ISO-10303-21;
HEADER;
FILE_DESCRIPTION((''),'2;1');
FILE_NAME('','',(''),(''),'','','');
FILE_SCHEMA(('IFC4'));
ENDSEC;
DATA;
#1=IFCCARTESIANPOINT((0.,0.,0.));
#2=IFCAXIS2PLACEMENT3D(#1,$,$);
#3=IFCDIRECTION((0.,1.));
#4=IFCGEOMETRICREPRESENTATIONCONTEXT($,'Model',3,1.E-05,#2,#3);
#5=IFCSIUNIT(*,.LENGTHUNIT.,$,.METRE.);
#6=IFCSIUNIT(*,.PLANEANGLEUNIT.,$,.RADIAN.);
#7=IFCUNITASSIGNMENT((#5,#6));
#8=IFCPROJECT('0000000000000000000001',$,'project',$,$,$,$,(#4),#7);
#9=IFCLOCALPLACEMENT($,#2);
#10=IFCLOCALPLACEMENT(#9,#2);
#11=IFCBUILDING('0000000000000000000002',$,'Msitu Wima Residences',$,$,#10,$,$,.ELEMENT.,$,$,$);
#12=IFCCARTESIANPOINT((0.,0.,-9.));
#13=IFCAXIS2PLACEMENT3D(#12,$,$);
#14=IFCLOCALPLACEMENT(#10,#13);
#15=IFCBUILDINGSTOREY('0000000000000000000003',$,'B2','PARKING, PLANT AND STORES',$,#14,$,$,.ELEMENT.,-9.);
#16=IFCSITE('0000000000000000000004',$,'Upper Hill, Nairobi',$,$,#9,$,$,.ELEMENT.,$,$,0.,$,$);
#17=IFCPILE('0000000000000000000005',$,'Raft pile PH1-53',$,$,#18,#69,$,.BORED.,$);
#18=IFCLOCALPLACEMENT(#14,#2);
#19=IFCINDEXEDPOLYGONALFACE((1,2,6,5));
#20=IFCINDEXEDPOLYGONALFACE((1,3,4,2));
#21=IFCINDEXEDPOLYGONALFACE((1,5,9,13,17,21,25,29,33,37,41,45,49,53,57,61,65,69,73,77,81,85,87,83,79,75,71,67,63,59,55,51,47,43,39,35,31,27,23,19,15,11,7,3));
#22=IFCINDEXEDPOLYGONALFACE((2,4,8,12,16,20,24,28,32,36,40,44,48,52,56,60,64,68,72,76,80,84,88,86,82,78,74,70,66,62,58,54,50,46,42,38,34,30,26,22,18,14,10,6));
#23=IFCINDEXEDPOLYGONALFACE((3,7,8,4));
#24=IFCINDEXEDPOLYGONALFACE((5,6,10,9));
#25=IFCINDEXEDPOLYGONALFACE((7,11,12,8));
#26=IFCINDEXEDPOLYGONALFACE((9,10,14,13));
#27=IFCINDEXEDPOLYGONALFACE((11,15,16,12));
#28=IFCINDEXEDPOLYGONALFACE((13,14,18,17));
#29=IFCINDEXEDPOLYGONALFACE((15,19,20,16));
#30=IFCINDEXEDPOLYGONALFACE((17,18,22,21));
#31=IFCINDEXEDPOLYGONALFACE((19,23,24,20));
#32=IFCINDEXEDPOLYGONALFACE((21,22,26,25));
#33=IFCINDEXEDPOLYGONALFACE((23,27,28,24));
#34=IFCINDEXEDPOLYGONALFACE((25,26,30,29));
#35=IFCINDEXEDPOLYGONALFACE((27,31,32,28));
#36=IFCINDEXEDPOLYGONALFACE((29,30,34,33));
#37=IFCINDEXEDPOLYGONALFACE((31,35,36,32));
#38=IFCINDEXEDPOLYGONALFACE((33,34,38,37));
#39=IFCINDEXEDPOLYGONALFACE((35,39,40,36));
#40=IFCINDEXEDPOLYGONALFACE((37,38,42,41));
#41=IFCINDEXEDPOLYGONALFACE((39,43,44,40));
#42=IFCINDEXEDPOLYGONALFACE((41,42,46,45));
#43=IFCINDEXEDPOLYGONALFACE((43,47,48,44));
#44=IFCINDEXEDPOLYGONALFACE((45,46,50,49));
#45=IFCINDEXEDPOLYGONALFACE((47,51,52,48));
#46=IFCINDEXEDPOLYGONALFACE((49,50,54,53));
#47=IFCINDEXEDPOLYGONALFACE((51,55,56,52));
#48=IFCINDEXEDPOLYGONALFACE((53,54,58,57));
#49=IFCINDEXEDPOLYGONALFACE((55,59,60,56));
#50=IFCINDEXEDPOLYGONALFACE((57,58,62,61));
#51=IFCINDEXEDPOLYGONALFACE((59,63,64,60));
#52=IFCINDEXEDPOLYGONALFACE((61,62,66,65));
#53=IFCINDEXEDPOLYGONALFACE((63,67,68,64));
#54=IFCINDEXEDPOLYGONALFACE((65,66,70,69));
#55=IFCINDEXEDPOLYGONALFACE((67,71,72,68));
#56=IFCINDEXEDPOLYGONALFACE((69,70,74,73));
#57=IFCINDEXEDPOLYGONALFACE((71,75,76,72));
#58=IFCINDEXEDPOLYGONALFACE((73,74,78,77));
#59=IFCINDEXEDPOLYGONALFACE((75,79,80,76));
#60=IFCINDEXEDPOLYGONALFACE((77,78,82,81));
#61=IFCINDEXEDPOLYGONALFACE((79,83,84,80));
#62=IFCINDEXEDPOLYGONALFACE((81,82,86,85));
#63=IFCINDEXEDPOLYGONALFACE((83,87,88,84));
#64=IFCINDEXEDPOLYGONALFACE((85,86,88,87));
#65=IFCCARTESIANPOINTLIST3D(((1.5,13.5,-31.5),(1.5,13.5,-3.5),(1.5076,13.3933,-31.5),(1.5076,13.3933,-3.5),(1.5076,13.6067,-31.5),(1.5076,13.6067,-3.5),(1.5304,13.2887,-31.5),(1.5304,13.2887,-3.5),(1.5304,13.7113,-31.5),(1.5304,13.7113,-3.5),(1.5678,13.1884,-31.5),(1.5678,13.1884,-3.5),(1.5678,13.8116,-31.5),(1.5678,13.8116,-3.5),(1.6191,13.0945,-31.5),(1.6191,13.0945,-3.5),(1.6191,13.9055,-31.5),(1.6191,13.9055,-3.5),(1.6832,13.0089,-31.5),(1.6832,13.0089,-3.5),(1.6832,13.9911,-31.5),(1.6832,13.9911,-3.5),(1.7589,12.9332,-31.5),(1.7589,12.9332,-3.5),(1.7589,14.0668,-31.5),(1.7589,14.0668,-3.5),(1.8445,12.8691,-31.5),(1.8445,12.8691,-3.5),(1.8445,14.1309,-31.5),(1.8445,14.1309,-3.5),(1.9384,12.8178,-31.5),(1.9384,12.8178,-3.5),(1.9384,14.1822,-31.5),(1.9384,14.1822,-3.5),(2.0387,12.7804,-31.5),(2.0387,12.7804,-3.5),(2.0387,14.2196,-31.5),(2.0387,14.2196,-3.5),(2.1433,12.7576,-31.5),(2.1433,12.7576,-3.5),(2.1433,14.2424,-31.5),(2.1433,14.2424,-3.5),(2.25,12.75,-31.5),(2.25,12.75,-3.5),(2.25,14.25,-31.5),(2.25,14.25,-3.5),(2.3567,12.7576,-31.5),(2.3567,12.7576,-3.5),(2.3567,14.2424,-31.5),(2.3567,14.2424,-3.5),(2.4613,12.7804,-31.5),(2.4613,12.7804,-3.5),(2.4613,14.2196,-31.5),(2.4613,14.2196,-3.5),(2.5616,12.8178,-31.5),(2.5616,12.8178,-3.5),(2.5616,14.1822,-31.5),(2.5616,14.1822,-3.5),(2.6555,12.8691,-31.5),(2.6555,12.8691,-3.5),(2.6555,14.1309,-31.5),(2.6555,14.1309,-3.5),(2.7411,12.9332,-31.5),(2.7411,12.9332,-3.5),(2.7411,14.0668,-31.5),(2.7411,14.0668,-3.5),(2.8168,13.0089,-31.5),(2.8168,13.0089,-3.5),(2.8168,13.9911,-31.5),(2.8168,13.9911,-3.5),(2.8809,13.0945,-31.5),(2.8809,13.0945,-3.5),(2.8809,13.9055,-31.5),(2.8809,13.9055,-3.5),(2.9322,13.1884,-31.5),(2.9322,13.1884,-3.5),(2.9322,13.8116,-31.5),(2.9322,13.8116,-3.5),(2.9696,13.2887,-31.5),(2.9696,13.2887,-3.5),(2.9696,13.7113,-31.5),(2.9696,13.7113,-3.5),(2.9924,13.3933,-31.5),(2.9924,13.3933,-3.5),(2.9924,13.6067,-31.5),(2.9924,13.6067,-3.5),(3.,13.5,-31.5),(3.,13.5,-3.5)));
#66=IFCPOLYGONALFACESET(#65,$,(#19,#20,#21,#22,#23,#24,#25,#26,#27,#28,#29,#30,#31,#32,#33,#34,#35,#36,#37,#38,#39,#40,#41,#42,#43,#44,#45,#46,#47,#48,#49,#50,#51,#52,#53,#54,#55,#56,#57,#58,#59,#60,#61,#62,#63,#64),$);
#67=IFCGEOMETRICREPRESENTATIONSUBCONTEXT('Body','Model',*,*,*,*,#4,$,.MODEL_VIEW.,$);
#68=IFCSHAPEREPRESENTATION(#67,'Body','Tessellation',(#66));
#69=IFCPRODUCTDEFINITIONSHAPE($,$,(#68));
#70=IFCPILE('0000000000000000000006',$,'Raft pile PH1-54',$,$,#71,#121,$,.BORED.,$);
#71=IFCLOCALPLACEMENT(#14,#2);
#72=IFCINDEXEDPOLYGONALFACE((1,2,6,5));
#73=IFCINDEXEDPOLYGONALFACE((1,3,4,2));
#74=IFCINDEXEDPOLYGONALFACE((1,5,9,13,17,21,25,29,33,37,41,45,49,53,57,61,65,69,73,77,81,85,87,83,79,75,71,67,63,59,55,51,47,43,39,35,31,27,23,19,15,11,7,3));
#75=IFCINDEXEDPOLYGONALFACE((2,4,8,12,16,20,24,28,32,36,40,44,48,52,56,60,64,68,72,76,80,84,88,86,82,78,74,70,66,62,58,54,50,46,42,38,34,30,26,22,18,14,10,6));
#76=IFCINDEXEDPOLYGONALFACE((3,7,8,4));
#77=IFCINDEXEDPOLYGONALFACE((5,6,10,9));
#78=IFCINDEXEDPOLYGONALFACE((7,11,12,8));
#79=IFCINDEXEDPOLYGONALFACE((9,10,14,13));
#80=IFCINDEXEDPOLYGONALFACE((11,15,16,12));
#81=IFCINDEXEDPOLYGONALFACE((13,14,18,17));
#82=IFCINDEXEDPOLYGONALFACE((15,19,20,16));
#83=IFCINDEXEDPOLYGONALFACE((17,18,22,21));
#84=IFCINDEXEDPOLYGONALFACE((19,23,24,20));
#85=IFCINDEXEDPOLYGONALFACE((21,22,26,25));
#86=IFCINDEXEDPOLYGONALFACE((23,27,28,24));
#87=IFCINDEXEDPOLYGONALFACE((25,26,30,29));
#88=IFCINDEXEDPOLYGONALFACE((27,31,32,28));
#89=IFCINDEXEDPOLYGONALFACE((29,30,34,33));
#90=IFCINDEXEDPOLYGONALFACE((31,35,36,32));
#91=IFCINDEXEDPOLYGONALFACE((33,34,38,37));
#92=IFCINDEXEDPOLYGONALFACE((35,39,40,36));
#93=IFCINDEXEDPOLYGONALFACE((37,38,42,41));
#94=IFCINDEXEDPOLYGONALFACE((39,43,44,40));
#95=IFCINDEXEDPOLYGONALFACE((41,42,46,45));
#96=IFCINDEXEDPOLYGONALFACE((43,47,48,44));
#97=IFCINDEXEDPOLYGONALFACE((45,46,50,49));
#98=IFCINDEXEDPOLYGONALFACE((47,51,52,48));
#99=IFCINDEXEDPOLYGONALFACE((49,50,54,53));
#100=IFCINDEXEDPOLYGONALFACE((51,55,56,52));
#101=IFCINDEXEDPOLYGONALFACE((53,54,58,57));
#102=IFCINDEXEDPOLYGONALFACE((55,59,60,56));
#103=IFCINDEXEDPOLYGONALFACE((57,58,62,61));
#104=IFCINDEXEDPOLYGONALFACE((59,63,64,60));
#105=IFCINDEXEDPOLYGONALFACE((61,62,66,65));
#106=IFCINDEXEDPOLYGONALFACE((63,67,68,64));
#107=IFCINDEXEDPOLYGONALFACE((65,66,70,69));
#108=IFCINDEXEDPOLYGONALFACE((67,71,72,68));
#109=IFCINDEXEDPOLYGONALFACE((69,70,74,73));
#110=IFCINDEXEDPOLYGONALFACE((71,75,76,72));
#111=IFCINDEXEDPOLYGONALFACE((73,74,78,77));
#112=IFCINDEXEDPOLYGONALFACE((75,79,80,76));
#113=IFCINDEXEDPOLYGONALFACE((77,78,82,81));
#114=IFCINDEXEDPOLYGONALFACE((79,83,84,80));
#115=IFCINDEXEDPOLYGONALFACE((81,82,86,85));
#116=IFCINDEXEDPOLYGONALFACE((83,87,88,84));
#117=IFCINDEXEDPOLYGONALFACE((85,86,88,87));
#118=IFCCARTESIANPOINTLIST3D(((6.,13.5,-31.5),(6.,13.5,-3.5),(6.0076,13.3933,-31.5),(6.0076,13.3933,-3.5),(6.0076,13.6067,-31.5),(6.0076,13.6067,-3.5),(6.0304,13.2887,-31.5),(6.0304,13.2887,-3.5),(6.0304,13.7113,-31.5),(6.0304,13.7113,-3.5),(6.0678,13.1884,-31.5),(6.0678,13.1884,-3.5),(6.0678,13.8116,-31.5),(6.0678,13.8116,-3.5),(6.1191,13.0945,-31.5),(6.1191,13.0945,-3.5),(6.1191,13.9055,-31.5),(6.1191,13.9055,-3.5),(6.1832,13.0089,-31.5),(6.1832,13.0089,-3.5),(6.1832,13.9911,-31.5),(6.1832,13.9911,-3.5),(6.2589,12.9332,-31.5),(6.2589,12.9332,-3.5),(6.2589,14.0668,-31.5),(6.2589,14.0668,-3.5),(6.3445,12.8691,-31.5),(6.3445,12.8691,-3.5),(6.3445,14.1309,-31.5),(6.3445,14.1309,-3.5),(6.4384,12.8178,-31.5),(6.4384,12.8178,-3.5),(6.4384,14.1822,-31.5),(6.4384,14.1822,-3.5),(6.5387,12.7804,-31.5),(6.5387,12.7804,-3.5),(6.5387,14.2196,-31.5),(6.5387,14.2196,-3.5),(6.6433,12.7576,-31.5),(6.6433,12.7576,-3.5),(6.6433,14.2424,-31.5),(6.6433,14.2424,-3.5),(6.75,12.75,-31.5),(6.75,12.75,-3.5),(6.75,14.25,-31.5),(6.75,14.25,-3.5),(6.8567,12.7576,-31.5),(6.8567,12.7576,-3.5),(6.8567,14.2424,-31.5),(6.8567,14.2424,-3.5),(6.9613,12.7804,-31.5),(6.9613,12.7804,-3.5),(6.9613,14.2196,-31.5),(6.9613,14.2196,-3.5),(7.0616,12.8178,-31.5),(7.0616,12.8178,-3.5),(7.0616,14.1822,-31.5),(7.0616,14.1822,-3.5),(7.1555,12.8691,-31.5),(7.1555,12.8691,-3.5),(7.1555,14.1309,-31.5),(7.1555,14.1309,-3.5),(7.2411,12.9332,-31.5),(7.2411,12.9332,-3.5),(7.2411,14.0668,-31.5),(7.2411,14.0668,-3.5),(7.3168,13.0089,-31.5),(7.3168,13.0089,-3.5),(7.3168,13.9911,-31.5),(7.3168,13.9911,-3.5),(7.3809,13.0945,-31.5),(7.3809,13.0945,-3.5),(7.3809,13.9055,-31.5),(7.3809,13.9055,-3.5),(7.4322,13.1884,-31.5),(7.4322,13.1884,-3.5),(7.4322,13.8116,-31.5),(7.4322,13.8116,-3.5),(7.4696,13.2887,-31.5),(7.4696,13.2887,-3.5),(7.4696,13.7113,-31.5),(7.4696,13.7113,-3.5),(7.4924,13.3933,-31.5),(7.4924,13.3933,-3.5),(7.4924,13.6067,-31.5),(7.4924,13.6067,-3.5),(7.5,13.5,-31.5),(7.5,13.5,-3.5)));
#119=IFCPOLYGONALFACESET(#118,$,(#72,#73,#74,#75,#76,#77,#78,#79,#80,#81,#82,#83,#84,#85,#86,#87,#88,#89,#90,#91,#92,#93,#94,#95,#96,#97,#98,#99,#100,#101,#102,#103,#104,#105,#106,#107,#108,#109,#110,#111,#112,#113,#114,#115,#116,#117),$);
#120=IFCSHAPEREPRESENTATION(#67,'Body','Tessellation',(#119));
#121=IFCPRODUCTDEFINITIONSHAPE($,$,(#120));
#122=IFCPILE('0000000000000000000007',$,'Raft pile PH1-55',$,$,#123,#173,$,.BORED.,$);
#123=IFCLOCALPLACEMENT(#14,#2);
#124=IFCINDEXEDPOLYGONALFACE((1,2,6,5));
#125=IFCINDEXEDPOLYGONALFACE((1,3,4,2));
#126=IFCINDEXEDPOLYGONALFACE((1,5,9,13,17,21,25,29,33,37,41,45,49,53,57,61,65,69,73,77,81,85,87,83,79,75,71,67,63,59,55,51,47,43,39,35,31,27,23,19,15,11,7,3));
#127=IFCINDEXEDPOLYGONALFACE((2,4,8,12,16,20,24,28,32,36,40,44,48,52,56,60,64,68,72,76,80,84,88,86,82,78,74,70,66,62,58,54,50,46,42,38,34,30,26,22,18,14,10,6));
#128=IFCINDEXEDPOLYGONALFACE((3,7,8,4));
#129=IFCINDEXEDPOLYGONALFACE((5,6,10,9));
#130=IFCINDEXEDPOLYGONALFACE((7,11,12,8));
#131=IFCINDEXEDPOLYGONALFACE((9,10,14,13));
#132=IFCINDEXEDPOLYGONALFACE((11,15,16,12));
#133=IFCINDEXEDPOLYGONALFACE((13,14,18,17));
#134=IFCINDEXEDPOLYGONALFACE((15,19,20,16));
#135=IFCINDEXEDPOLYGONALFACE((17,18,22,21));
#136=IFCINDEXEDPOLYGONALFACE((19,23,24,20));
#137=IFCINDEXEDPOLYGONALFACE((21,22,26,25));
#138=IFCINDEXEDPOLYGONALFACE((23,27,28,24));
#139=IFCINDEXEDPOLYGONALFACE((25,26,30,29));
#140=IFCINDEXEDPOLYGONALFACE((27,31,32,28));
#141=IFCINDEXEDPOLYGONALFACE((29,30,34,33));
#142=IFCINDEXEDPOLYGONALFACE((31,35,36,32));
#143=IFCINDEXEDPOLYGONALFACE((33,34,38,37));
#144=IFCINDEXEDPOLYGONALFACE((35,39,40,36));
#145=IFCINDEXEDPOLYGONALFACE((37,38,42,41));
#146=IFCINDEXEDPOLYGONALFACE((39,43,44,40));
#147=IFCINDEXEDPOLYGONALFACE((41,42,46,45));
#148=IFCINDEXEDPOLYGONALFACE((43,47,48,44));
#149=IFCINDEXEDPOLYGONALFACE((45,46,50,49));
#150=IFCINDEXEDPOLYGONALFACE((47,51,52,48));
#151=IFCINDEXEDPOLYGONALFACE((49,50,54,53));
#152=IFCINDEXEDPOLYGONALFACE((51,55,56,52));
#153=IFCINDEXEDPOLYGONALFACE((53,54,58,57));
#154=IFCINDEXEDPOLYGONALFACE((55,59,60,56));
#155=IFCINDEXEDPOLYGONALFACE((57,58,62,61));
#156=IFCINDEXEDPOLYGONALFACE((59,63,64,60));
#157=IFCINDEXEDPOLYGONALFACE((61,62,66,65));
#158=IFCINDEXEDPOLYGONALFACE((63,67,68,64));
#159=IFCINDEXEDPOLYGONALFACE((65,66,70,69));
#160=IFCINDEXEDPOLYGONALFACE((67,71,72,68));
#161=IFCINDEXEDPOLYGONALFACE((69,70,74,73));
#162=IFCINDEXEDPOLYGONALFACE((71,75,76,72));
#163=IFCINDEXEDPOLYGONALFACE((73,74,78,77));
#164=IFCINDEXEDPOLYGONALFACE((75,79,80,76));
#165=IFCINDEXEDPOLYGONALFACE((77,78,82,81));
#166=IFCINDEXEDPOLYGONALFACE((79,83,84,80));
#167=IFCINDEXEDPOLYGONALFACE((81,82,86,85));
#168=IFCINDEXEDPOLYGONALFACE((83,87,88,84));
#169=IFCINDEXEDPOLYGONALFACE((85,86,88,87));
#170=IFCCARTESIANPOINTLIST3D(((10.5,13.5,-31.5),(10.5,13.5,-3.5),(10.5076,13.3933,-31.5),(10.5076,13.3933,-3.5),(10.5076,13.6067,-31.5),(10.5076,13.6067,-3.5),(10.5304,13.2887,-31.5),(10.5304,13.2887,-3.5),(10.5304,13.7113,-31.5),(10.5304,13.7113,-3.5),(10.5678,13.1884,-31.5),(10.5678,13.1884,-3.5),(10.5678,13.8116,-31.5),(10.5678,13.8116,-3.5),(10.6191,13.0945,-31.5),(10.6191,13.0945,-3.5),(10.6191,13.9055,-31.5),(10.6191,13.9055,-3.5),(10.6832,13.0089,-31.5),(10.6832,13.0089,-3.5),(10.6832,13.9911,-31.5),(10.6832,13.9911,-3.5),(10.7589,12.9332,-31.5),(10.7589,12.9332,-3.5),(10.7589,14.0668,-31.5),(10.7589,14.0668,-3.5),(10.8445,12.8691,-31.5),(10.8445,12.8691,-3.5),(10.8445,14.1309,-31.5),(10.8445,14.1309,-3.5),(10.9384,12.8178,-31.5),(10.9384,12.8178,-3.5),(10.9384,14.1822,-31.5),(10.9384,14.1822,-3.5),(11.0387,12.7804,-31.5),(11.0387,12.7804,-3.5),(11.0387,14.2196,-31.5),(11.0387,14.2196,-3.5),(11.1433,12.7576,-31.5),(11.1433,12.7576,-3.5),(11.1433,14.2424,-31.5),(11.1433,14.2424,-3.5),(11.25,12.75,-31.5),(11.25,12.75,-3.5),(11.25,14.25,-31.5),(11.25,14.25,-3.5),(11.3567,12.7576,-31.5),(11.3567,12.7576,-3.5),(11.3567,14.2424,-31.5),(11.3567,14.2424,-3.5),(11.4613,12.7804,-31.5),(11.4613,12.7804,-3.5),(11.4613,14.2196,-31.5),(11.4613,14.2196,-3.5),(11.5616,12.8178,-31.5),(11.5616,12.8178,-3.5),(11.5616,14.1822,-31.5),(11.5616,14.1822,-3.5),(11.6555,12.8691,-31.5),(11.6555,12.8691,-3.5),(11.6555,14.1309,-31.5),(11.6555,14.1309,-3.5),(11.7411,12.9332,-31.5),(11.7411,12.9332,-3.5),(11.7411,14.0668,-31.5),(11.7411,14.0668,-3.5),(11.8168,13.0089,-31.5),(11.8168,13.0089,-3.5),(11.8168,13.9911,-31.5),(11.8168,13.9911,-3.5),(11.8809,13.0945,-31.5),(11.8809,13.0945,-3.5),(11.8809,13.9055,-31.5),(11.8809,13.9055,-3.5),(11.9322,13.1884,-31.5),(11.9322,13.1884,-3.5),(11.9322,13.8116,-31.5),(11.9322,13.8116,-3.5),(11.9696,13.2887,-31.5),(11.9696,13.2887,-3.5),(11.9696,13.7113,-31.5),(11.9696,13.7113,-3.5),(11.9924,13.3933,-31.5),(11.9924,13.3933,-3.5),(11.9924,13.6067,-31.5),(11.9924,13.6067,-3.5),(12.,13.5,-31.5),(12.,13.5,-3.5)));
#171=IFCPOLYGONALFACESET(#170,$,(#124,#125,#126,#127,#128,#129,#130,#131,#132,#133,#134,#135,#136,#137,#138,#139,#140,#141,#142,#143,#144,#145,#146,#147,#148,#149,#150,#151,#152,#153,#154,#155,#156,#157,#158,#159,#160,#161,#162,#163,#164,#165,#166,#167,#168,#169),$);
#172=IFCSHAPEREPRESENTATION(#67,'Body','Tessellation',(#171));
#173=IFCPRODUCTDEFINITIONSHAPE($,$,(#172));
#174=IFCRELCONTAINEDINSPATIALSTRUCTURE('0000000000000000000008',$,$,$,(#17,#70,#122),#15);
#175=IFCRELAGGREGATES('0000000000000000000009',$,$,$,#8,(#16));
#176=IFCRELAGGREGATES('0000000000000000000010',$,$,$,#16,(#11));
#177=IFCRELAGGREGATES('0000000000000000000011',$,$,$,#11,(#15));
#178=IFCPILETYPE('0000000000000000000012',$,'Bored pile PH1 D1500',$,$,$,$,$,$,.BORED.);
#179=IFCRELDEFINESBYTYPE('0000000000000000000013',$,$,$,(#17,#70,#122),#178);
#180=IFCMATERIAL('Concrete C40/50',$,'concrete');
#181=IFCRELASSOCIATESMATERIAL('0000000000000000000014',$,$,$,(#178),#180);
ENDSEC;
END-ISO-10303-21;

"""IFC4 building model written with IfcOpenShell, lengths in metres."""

from ifc_helpers import new_model, si_unit, direction, frame, origin, origin_2d, place, context, subcontext, project, spatial, circle, extrude, material, type_object, element, save


model = new_model("IFC4")

# Units and contexts
model_context = context("Model", 3, precision=1e-05, world=origin(), true_north=direction((0.0, 1.0)))
body_context = subcontext(model_context, "Body", "Model", "MODEL_VIEW")
ifc_project = project(units=[si_unit("LENGTHUNIT", "METRE"), si_unit("PLANEANGLEUNIT", "RADIAN")], contexts=[model_context])

# Site, building, storey
site_placement = place(None, origin())
site = spatial("IfcSite", under=ifc_project, at=site_placement, Name="Upper Hill, Nairobi", CompositionType="ELEMENT", RefElevation=0.0)
building_placement = place(site_placement, origin())
building = spatial("IfcBuilding", under=site, at=building_placement, Name="Msitu Wima Residences", CompositionType="ELEMENT")
storey_placement = place(building_placement, frame((0.0, 0.0, -9.0)))
storey = spatial("IfcBuildingStorey", under=building, at=storey_placement, Name="B2", Description="PARKING, PLANT AND STORES", CompositionType="ELEMENT", Elevation=-9.0)

# Piles
ifc_material_1 = material(Name="Concrete C40/50", Category="concrete")
pile_type_1 = type_object("IfcPileType", Name="Bored pile PH1 D1500", PredefinedType="BORED", material=ifc_material_1)
for number, where, z_axis, x_axis, name in (
    (1, (2.25, 13.5, -3.5), (0.0, 0.0, -1.0), (1.0, 0.0, 0.0), "Raft pile PH1-53"),
    (2, (6.75, 13.5, -3.5), (0.0, 0.0, -1.0), (1.0, 0.0, 0.0), "Raft pile PH1-54"),
    (3, (11.25, 13.5, -3.5), (0.0, 0.0, -1.0), (1.0, 0.0, 0.0), "Raft pile PH1-55"),
):
    element("IfcPile", number, at=place(storey_placement, frame(where, z_axis=z_axis, x_axis=x_axis)), inside=storey, type_object=pile_type_1, Name=name, PredefinedType="BORED", context=body_context, shape_type="SweptSolid", body=[
        extrude(circle(Radius=0.75, at=origin_2d()), origin(), (0.0, 0.0, 1.0), 28.0),
    ])

save(model, "model.ifc")
